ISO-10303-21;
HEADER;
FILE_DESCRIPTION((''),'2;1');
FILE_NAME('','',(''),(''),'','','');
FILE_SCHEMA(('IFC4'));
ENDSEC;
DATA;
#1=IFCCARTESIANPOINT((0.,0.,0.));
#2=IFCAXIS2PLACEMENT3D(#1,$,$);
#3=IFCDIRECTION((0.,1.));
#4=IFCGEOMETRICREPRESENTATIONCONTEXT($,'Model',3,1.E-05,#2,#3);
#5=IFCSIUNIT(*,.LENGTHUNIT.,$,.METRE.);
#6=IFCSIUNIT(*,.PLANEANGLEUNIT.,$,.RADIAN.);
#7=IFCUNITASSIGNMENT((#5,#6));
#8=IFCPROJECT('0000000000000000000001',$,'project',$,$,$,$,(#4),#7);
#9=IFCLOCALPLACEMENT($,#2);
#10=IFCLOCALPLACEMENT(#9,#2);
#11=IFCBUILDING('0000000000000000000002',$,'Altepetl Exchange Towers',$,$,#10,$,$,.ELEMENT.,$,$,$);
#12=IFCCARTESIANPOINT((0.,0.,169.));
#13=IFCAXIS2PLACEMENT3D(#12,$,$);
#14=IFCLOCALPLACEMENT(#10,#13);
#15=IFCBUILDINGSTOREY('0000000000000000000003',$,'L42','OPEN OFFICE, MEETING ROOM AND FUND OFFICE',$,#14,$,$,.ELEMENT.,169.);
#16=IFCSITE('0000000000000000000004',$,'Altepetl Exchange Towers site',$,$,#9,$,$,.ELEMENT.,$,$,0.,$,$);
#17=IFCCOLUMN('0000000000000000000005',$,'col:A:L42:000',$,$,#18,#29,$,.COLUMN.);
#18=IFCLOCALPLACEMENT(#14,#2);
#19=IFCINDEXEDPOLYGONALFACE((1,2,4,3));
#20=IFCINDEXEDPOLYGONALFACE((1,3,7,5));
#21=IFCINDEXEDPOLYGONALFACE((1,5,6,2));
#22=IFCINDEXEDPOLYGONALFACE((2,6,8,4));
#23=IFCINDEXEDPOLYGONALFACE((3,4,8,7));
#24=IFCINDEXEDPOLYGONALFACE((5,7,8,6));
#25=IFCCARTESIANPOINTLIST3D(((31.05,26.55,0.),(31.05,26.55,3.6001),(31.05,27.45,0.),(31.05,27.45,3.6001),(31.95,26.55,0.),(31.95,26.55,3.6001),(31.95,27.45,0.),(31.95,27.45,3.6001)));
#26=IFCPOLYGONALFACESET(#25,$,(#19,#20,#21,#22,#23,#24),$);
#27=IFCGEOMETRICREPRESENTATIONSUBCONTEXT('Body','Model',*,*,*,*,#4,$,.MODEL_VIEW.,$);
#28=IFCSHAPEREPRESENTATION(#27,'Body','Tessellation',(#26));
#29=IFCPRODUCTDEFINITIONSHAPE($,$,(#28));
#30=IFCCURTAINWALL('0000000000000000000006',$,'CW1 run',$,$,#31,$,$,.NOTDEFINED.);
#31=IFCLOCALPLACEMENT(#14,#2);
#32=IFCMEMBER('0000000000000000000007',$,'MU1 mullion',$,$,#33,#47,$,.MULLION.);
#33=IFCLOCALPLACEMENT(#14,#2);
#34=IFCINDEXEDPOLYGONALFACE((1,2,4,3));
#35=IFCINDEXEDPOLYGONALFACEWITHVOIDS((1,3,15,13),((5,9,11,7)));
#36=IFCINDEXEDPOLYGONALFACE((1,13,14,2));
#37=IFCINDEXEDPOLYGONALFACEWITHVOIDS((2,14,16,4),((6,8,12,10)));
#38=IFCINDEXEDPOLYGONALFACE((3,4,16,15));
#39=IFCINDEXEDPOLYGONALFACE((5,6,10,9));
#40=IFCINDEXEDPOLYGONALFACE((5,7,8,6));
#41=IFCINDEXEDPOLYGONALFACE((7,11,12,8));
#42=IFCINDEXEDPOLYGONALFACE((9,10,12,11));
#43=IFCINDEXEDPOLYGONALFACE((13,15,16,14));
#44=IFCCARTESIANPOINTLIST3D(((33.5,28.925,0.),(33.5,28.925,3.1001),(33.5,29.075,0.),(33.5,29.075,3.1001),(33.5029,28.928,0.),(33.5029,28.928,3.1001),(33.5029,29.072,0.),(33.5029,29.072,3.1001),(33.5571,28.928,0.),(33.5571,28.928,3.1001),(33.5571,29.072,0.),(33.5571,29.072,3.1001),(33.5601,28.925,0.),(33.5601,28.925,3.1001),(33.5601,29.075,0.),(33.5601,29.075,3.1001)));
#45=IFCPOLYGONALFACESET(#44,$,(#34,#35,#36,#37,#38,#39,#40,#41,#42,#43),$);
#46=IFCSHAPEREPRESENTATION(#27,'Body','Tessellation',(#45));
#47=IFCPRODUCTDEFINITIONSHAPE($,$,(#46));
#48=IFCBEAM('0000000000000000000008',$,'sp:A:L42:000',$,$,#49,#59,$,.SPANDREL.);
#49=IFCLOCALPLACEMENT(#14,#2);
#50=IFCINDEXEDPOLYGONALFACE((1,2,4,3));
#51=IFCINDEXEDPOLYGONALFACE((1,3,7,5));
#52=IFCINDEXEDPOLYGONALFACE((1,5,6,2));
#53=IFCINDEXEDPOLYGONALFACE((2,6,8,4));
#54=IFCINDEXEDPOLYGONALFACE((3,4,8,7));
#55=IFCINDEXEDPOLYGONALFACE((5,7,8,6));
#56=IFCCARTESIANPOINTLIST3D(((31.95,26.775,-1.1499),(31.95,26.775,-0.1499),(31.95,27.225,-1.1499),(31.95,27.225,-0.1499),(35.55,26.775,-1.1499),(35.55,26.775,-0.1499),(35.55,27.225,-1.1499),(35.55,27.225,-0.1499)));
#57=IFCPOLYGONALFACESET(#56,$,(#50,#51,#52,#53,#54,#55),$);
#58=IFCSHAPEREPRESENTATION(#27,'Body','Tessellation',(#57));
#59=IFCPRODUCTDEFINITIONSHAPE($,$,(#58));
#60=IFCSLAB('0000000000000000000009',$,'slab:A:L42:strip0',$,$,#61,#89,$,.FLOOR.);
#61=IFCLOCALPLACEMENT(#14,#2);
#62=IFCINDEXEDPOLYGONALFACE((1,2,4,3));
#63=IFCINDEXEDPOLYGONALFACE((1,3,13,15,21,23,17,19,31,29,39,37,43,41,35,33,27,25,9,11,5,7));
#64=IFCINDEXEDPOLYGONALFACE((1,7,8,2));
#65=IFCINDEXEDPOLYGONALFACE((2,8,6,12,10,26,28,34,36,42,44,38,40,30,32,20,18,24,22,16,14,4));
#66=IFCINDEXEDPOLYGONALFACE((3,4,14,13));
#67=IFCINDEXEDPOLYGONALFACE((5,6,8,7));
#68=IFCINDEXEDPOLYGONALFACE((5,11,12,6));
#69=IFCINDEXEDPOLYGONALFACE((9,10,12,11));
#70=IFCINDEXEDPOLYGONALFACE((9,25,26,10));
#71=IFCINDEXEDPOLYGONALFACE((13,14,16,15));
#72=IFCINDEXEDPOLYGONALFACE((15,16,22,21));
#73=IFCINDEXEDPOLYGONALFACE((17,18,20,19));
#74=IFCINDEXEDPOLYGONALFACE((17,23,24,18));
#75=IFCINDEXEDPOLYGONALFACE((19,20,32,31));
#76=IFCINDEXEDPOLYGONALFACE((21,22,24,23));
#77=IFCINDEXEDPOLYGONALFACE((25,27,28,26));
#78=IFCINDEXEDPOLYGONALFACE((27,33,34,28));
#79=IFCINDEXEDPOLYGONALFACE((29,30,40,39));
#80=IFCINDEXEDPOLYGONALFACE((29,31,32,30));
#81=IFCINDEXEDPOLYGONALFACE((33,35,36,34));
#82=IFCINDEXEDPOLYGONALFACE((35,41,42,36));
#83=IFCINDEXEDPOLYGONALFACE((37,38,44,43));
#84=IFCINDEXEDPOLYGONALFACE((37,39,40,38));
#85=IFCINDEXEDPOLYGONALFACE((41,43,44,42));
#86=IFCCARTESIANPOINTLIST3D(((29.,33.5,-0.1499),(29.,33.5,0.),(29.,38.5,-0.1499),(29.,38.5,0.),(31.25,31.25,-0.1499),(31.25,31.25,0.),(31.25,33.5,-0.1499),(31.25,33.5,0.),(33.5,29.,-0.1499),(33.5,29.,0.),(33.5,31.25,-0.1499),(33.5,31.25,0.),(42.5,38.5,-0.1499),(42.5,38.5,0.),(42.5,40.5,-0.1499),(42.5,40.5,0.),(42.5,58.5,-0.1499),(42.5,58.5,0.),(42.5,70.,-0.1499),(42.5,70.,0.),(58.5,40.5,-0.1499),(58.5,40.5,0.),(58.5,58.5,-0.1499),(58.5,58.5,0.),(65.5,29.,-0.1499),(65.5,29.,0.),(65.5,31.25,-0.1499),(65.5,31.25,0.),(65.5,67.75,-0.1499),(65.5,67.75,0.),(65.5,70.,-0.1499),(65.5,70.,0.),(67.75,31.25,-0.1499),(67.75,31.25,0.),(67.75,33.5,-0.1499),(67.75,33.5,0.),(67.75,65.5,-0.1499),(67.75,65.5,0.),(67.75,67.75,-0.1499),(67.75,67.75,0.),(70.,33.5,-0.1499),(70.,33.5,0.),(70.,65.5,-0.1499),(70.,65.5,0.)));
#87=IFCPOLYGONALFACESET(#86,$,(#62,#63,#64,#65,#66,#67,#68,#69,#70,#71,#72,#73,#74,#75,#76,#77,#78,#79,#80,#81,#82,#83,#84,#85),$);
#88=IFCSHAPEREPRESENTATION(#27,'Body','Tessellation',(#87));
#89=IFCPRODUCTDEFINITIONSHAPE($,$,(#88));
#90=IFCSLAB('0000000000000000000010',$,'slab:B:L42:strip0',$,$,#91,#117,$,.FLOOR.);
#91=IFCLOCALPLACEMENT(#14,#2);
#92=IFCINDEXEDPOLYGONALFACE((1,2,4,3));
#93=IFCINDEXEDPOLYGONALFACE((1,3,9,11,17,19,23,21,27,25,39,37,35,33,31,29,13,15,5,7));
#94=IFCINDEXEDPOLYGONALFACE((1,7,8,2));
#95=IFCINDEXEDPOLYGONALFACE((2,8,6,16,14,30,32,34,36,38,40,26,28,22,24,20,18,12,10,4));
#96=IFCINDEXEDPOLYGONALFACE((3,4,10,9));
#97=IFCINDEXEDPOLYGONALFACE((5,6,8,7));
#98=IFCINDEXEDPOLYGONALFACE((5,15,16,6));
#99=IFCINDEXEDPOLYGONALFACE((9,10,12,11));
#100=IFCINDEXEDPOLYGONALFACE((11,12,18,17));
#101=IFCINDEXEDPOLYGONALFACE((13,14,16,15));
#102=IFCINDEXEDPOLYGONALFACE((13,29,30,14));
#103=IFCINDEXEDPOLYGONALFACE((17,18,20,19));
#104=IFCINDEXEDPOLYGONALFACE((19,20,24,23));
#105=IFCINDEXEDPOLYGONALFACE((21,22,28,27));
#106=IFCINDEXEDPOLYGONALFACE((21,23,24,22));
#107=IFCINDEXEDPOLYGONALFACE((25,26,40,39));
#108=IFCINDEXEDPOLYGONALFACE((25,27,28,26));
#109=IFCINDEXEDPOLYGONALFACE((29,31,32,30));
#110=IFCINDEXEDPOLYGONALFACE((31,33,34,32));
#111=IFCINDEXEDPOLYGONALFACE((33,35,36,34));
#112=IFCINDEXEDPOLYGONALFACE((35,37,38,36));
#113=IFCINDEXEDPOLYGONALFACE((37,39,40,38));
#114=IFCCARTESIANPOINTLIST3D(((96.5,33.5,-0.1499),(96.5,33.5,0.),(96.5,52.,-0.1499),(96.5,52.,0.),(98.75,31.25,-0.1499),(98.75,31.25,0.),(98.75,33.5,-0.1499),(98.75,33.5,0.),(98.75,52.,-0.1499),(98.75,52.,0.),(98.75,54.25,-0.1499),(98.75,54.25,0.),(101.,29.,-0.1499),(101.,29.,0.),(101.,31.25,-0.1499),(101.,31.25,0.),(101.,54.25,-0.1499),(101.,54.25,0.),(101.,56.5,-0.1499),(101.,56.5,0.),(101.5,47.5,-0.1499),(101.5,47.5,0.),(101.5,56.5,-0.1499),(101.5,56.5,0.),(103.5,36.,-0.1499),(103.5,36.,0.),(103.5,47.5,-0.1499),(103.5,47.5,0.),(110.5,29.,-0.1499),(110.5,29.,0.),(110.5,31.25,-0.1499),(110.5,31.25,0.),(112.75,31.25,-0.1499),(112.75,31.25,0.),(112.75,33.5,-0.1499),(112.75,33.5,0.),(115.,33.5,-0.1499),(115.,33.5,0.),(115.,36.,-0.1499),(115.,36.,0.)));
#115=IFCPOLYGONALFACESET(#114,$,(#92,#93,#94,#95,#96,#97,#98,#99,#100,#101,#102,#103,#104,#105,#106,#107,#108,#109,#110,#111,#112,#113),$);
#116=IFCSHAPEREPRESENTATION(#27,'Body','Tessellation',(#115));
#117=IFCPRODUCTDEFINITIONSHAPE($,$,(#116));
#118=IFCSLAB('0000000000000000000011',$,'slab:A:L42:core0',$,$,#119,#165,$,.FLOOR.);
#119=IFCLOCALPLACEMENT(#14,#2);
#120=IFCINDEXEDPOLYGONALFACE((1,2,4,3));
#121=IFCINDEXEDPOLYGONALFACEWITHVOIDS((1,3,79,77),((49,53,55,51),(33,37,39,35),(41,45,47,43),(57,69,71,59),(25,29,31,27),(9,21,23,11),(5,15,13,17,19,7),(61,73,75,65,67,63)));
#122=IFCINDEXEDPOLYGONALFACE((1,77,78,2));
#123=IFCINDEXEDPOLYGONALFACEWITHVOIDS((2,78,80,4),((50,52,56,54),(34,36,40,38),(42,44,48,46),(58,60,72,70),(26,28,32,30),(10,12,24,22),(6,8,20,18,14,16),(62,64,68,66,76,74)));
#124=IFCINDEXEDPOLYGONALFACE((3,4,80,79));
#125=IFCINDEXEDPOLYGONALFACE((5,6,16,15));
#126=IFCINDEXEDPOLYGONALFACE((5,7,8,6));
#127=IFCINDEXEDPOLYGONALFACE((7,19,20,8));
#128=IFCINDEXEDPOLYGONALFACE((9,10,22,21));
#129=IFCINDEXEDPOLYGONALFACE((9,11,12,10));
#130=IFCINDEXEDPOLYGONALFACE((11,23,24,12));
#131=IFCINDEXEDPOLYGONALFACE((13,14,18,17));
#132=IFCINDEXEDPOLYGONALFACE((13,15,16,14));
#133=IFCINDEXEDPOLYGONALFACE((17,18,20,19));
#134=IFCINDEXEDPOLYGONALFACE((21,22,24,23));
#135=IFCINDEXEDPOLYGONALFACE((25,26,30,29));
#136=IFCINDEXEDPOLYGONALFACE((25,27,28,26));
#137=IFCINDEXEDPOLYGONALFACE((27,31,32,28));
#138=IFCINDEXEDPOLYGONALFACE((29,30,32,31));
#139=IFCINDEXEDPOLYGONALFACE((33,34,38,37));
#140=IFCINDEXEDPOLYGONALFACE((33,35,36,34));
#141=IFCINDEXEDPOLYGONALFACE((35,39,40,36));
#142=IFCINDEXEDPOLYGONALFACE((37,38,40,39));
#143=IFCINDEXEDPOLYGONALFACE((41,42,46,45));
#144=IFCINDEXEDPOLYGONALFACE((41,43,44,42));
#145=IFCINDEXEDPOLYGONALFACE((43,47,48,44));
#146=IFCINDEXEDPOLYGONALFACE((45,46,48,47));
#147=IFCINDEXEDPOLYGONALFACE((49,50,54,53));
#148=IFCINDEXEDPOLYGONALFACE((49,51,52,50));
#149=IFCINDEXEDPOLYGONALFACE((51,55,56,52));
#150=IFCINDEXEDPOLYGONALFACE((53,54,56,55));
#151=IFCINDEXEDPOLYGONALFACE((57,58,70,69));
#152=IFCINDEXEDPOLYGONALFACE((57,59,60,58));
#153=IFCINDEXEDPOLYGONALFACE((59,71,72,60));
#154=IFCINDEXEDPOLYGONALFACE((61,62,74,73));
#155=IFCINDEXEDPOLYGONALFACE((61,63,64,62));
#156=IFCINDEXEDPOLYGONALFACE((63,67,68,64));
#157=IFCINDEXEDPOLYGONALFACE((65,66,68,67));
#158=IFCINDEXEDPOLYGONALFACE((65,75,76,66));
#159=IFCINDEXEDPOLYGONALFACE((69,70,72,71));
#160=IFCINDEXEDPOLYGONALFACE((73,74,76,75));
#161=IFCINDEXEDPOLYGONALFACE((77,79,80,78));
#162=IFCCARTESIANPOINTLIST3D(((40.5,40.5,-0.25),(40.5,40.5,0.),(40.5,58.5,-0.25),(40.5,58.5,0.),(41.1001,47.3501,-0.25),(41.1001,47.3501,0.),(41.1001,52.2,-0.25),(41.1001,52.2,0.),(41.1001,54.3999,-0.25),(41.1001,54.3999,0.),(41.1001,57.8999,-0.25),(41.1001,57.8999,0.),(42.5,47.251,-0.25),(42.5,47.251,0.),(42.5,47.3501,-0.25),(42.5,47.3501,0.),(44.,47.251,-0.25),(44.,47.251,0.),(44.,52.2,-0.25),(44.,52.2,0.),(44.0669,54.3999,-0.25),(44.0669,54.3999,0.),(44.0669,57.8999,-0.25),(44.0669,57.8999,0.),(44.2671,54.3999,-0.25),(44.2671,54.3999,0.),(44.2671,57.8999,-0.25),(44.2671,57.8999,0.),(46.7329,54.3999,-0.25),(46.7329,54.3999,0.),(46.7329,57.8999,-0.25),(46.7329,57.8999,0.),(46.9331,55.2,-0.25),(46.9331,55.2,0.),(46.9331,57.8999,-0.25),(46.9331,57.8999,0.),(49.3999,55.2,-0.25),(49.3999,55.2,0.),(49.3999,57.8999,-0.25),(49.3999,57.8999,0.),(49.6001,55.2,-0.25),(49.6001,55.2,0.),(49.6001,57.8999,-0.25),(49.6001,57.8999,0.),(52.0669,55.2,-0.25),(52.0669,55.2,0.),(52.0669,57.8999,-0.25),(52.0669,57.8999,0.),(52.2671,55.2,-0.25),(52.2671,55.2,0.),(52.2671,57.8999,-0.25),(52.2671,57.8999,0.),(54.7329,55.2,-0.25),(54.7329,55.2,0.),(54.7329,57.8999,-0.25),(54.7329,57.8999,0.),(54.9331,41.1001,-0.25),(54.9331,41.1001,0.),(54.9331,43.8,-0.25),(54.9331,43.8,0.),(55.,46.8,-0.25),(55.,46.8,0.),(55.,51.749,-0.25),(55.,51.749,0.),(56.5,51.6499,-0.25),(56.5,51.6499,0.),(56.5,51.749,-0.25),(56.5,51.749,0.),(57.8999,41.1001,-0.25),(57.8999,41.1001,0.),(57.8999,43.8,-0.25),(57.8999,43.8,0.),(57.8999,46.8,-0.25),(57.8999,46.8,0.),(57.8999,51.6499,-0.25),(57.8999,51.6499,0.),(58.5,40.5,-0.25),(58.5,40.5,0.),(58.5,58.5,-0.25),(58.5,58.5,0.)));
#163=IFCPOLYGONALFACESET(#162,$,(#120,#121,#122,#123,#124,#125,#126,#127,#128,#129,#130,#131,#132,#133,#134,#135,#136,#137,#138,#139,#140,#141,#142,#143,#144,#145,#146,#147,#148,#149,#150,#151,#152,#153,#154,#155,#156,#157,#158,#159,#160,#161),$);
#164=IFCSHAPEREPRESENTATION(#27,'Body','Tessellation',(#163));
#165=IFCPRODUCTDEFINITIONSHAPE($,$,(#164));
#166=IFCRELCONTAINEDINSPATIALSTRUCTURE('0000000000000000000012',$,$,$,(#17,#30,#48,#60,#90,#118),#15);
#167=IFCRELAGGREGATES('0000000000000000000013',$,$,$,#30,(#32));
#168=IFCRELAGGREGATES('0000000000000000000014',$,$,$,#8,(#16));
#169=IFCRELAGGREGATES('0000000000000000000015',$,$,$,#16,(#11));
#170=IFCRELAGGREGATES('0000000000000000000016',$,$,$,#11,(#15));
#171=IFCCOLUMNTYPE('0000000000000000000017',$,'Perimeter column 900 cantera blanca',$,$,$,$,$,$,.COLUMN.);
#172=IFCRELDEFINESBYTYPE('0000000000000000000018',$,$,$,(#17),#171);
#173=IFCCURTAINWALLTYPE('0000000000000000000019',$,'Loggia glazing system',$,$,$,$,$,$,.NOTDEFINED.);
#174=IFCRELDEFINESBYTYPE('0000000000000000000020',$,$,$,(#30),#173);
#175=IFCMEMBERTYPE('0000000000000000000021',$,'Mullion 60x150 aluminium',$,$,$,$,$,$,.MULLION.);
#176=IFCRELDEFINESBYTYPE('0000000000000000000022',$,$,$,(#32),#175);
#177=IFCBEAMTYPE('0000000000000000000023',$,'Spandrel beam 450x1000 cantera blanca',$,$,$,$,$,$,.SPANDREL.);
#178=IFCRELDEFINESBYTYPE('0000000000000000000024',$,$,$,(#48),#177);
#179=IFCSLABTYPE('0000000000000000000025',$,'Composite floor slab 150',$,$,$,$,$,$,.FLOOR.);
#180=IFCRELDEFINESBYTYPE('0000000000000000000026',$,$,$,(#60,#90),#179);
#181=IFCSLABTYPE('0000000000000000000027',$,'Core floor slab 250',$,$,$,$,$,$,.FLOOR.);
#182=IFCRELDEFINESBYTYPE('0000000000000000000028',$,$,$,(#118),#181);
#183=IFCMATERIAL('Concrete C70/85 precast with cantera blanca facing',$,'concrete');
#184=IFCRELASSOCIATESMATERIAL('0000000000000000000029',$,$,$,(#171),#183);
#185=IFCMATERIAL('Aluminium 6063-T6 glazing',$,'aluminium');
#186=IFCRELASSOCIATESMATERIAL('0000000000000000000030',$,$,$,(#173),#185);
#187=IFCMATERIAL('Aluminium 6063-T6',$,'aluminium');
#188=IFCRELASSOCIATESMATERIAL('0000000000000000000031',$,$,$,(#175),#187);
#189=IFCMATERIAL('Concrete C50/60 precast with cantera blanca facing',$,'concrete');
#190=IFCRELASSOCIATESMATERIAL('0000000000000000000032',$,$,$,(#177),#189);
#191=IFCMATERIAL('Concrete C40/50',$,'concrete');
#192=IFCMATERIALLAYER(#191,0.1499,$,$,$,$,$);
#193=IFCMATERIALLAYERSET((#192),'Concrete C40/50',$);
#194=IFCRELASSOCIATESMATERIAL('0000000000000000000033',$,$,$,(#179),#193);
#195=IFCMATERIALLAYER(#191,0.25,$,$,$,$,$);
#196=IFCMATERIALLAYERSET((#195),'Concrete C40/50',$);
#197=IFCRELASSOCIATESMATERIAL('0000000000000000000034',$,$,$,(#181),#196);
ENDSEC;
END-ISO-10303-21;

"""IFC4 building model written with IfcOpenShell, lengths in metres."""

from ifc_helpers import new_model, si_unit, direction, frame, origin, origin_2d, place, context, subcontext, project, spatial, polyline, rectangle, hollow_rectangle, outline, extrude, material, layer, layer_set, material_profile, profile_set, type_object, element, aggregate, save


model = new_model("IFC4")

# Units and contexts
model_context = context("Model", 3, precision=1e-05, world=origin(), true_north=direction((0.0, 1.0)))
body_context = subcontext(model_context, "Body", "Model", "MODEL_VIEW")
ifc_project = project(units=[si_unit("LENGTHUNIT", "METRE"), si_unit("PLANEANGLEUNIT", "RADIAN")], contexts=[model_context])

# Site, building, storey
site_placement = place(None, origin())
site = spatial("IfcSite", under=ifc_project, at=site_placement, Name="Altepetl Exchange Towers site", CompositionType="ELEMENT", RefElevation=0.0)
building_placement = place(site_placement, origin())
building = spatial("IfcBuilding", under=site, at=building_placement, Name="Altepetl Exchange Towers", CompositionType="ELEMENT")
storey_placement = place(building_placement, frame((0.0, 0.0, 169.0)))
storey = spatial("IfcBuildingStorey", under=building, at=storey_placement, Name="L42", Description="OPEN OFFICE, MEETING ROOM AND FUND OFFICE", CompositionType="ELEMENT", Elevation=169.0)

# Column
ifc_material_1 = material(Name="Concrete C70/85 precast with cantera blanca facing", Category="concrete")
ifc_material_profile_1 = material_profile(ifc_material_1, rectangle(XDim=0.8999, YDim=0.8999, at=origin_2d()), Name="900 x 900")
ifc_profile_set_1 = profile_set([ifc_material_profile_1], Name="Concrete C70/85 precast with cantera blanca facing")
column_type = type_object("IfcColumnType", Name="Perimeter column 900 cantera blanca", PredefinedType="COLUMN", material=ifc_profile_set_1)
column_placement = place(storey_placement, frame((31.5, 27.0, 0.0)))
element("IfcColumn", 1, at=column_placement, inside=storey, type_object=column_type, Name="col:A:L42:000", PredefinedType="COLUMN", context=body_context, shape_type="SweptSolid", body=[
    extrude(rectangle(XDim=0.8999, YDim=0.8999, at=origin_2d()), origin(), (0.0, 0.0, 1.0), 3.6001),
])

# Curtain wall, member
ifc_material_2 = material(Name="Aluminium 6063-T6 glazing", Category="aluminium")
curtain_wall_type = type_object("IfcCurtainWallType", Name="Loggia glazing system", PredefinedType="NOTDEFINED", material=ifc_material_2)
curtain_wall_placement = place(storey_placement, origin())
curtain_wall = element("IfcCurtainWall", 2, at=curtain_wall_placement, inside=storey, type_object=curtain_wall_type, Name="CW1 run", PredefinedType="NOTDEFINED")
ifc_material_3 = material(Name="Aluminium 6063-T6", Category="aluminium")
ifc_material_profile_2 = material_profile(ifc_material_3, hollow_rectangle(XDim=0.0601, YDim=0.1499, WallThickness=0.0029, at=origin_2d()), Name="Mullion 60x150 aluminium")
ifc_profile_set_2 = profile_set([ifc_material_profile_2], Name="Aluminium 6063-T6")
member_type = type_object("IfcMemberType", Name="Mullion 60x150 aluminium", PredefinedType="MULLION", material=ifc_profile_set_2)
member_placement = place(storey_placement, frame((33.53, 29.0, 0.0)))
member = element("IfcMember", 3, at=member_placement, type_object=member_type, Name="MU1 mullion", PredefinedType="MULLION", context=body_context, shape_type="SweptSolid", body=[
    extrude(hollow_rectangle(XDim=0.0601, YDim=0.1499, WallThickness=0.0029, at=origin_2d()), origin(), (0.0, 0.0, 1.0), 3.1001),
])
aggregate(curtain_wall, [member])

# Beam
ifc_material_4 = material(Name="Concrete C50/60 precast with cantera blanca facing", Category="concrete")
ifc_material_profile_3 = material_profile(ifc_material_4, rectangle(XDim=0.45, YDim=1.0, at=origin_2d()), Name="450 x 1000")
ifc_profile_set_3 = profile_set([ifc_material_profile_3], Name="Concrete C50/60 precast with cantera blanca facing")
beam_type = type_object("IfcBeamType", Name="Spandrel beam 450x1000 cantera blanca", PredefinedType="SPANDREL", material=ifc_profile_set_3)
beam_placement = place(storey_placement, frame((31.95, 27.0, -0.6499), z_axis=(1.0, 0.0, 0.0), x_axis=(0.0, 1.0, 0.0)))
element("IfcBeam", 4, at=beam_placement, inside=storey, type_object=beam_type, Name="sp:A:L42:000", PredefinedType="SPANDREL", context=body_context, shape_type="SweptSolid", body=[
    extrude(rectangle(XDim=0.45, YDim=1.0, at=origin_2d()), origin(), (0.0, 0.0, 1.0), 3.6001),
])

# Slabs
ifc_material_5 = material(Name="Concrete C40/50", Category="concrete")
ifc_layer_1 = layer(ifc_material_5, 0.1499)
ifc_layer_set_1 = layer_set([ifc_layer_1], Name="Concrete C40/50")
slab_type_1 = type_object("IfcSlabType", Name="Composite floor slab 150", PredefinedType="FLOOR", material=ifc_layer_set_1)
slab_1_placement = place(storey_placement, frame((0.0, 0.0, -0.1499)))
element("IfcSlab", 5, at=slab_1_placement, inside=storey, type_object=slab_type_1, Name="slab:A:L42:strip0", PredefinedType="FLOOR", context=body_context, shape_type="SweptSolid", body=[
    extrude(outline(polyline([(42.5, 70.0), (42.5, 58.5), (58.5, 58.5), (58.5, 40.5), (42.5, 40.5), (42.5, 38.5), (29.0, 38.5), (29.0, 33.5), (31.25, 33.5), (31.25, 31.25), (33.5, 31.25), (33.5, 29.0), (65.5, 29.0), (65.5, 31.25), (67.75, 31.25), (67.75, 33.5), (70.0, 33.5), (70.0, 65.5), (67.75, 65.5), (67.75, 67.75), (65.5, 67.75), (65.5, 70.0), (42.5, 70.0)])), origin(), (0.0, 0.0, 1.0), 0.1499),
])
slab_2_placement = place(storey_placement, frame((0.0, 0.0, -0.1499)))
element("IfcSlab", 6, at=slab_2_placement, inside=storey, type_object=slab_type_1, Name="slab:B:L42:strip0", PredefinedType="FLOOR", context=body_context, shape_type="SweptSolid", body=[
    extrude(outline(polyline([(98.75, 31.25), (101.0, 31.25), (101.0, 29.0), (110.5, 29.0), (110.5, 31.25), (112.75, 31.25), (112.75, 33.5), (115.0, 33.5), (115.0, 36.0), (103.5, 36.0), (103.5, 47.5), (101.5, 47.5), (101.5, 56.5), (101.0, 56.5), (101.0, 54.25), (98.75, 54.25), (98.75, 52.0), (96.5, 52.0), (96.5, 33.5), (98.75, 33.5), (98.75, 31.25)])), origin(), (0.0, 0.0, 1.0), 0.1499),
])
ifc_layer_2 = layer(ifc_material_5, 0.25)
ifc_layer_set_2 = layer_set([ifc_layer_2], Name="Concrete C40/50")
slab_type_2 = type_object("IfcSlabType", Name="Core floor slab 250", PredefinedType="FLOOR", material=ifc_layer_set_2)
slab_3_placement = place(storey_placement, frame((0.0, 0.0, -0.25)))
element("IfcSlab", 7, at=slab_3_placement, inside=storey, type_object=slab_type_2, Name="slab:A:L42:core0", PredefinedType="FLOOR", context=body_context, shape_type="SweptSolid", body=[
    extrude(outline(polyline([(40.5, 40.5), (58.5, 40.5), (58.5, 58.5), (40.5, 58.5), (40.5, 40.5)]), holes=[polyline([(54.9331, 43.8), (57.8999, 43.8), (57.8999, 41.1001), (54.9331, 41.1001), (54.9331, 43.8)]), polyline([(55.0, 51.749), (56.5, 51.749), (56.5, 51.6499), (57.8999, 51.6499), (57.8999, 46.8), (55.0, 46.8), (55.0, 51.749)]), polyline([(44.0, 47.251), (42.5, 47.251), (42.5, 47.3501), (41.1001, 47.3501), (41.1001, 52.2), (44.0, 52.2), (44.0, 47.251)]), polyline([(41.1001, 57.8999), (44.0669, 57.8999), (44.0669, 54.3999), (41.1001, 54.3999), (41.1001, 57.8999)]), polyline([(44.2671, 57.8999), (46.7329, 57.8999), (46.7329, 54.3999), (44.2671, 54.3999), (44.2671, 57.8999)]), polyline([(46.9331, 57.8999), (49.3999, 57.8999), (49.3999, 55.2), (46.9331, 55.2), (46.9331, 57.8999)]), polyline([(49.6001, 57.8999), (52.0669, 57.8999), (52.0669, 55.2), (49.6001, 55.2), (49.6001, 57.8999)]), polyline([(52.2671, 57.8999), (54.7329, 57.8999), (54.7329, 55.2), (52.2671, 55.2), (52.2671, 57.8999)])]), origin(), (0.0, 0.0, 1.0), 0.25),
])

save(model, "model.ifc")
